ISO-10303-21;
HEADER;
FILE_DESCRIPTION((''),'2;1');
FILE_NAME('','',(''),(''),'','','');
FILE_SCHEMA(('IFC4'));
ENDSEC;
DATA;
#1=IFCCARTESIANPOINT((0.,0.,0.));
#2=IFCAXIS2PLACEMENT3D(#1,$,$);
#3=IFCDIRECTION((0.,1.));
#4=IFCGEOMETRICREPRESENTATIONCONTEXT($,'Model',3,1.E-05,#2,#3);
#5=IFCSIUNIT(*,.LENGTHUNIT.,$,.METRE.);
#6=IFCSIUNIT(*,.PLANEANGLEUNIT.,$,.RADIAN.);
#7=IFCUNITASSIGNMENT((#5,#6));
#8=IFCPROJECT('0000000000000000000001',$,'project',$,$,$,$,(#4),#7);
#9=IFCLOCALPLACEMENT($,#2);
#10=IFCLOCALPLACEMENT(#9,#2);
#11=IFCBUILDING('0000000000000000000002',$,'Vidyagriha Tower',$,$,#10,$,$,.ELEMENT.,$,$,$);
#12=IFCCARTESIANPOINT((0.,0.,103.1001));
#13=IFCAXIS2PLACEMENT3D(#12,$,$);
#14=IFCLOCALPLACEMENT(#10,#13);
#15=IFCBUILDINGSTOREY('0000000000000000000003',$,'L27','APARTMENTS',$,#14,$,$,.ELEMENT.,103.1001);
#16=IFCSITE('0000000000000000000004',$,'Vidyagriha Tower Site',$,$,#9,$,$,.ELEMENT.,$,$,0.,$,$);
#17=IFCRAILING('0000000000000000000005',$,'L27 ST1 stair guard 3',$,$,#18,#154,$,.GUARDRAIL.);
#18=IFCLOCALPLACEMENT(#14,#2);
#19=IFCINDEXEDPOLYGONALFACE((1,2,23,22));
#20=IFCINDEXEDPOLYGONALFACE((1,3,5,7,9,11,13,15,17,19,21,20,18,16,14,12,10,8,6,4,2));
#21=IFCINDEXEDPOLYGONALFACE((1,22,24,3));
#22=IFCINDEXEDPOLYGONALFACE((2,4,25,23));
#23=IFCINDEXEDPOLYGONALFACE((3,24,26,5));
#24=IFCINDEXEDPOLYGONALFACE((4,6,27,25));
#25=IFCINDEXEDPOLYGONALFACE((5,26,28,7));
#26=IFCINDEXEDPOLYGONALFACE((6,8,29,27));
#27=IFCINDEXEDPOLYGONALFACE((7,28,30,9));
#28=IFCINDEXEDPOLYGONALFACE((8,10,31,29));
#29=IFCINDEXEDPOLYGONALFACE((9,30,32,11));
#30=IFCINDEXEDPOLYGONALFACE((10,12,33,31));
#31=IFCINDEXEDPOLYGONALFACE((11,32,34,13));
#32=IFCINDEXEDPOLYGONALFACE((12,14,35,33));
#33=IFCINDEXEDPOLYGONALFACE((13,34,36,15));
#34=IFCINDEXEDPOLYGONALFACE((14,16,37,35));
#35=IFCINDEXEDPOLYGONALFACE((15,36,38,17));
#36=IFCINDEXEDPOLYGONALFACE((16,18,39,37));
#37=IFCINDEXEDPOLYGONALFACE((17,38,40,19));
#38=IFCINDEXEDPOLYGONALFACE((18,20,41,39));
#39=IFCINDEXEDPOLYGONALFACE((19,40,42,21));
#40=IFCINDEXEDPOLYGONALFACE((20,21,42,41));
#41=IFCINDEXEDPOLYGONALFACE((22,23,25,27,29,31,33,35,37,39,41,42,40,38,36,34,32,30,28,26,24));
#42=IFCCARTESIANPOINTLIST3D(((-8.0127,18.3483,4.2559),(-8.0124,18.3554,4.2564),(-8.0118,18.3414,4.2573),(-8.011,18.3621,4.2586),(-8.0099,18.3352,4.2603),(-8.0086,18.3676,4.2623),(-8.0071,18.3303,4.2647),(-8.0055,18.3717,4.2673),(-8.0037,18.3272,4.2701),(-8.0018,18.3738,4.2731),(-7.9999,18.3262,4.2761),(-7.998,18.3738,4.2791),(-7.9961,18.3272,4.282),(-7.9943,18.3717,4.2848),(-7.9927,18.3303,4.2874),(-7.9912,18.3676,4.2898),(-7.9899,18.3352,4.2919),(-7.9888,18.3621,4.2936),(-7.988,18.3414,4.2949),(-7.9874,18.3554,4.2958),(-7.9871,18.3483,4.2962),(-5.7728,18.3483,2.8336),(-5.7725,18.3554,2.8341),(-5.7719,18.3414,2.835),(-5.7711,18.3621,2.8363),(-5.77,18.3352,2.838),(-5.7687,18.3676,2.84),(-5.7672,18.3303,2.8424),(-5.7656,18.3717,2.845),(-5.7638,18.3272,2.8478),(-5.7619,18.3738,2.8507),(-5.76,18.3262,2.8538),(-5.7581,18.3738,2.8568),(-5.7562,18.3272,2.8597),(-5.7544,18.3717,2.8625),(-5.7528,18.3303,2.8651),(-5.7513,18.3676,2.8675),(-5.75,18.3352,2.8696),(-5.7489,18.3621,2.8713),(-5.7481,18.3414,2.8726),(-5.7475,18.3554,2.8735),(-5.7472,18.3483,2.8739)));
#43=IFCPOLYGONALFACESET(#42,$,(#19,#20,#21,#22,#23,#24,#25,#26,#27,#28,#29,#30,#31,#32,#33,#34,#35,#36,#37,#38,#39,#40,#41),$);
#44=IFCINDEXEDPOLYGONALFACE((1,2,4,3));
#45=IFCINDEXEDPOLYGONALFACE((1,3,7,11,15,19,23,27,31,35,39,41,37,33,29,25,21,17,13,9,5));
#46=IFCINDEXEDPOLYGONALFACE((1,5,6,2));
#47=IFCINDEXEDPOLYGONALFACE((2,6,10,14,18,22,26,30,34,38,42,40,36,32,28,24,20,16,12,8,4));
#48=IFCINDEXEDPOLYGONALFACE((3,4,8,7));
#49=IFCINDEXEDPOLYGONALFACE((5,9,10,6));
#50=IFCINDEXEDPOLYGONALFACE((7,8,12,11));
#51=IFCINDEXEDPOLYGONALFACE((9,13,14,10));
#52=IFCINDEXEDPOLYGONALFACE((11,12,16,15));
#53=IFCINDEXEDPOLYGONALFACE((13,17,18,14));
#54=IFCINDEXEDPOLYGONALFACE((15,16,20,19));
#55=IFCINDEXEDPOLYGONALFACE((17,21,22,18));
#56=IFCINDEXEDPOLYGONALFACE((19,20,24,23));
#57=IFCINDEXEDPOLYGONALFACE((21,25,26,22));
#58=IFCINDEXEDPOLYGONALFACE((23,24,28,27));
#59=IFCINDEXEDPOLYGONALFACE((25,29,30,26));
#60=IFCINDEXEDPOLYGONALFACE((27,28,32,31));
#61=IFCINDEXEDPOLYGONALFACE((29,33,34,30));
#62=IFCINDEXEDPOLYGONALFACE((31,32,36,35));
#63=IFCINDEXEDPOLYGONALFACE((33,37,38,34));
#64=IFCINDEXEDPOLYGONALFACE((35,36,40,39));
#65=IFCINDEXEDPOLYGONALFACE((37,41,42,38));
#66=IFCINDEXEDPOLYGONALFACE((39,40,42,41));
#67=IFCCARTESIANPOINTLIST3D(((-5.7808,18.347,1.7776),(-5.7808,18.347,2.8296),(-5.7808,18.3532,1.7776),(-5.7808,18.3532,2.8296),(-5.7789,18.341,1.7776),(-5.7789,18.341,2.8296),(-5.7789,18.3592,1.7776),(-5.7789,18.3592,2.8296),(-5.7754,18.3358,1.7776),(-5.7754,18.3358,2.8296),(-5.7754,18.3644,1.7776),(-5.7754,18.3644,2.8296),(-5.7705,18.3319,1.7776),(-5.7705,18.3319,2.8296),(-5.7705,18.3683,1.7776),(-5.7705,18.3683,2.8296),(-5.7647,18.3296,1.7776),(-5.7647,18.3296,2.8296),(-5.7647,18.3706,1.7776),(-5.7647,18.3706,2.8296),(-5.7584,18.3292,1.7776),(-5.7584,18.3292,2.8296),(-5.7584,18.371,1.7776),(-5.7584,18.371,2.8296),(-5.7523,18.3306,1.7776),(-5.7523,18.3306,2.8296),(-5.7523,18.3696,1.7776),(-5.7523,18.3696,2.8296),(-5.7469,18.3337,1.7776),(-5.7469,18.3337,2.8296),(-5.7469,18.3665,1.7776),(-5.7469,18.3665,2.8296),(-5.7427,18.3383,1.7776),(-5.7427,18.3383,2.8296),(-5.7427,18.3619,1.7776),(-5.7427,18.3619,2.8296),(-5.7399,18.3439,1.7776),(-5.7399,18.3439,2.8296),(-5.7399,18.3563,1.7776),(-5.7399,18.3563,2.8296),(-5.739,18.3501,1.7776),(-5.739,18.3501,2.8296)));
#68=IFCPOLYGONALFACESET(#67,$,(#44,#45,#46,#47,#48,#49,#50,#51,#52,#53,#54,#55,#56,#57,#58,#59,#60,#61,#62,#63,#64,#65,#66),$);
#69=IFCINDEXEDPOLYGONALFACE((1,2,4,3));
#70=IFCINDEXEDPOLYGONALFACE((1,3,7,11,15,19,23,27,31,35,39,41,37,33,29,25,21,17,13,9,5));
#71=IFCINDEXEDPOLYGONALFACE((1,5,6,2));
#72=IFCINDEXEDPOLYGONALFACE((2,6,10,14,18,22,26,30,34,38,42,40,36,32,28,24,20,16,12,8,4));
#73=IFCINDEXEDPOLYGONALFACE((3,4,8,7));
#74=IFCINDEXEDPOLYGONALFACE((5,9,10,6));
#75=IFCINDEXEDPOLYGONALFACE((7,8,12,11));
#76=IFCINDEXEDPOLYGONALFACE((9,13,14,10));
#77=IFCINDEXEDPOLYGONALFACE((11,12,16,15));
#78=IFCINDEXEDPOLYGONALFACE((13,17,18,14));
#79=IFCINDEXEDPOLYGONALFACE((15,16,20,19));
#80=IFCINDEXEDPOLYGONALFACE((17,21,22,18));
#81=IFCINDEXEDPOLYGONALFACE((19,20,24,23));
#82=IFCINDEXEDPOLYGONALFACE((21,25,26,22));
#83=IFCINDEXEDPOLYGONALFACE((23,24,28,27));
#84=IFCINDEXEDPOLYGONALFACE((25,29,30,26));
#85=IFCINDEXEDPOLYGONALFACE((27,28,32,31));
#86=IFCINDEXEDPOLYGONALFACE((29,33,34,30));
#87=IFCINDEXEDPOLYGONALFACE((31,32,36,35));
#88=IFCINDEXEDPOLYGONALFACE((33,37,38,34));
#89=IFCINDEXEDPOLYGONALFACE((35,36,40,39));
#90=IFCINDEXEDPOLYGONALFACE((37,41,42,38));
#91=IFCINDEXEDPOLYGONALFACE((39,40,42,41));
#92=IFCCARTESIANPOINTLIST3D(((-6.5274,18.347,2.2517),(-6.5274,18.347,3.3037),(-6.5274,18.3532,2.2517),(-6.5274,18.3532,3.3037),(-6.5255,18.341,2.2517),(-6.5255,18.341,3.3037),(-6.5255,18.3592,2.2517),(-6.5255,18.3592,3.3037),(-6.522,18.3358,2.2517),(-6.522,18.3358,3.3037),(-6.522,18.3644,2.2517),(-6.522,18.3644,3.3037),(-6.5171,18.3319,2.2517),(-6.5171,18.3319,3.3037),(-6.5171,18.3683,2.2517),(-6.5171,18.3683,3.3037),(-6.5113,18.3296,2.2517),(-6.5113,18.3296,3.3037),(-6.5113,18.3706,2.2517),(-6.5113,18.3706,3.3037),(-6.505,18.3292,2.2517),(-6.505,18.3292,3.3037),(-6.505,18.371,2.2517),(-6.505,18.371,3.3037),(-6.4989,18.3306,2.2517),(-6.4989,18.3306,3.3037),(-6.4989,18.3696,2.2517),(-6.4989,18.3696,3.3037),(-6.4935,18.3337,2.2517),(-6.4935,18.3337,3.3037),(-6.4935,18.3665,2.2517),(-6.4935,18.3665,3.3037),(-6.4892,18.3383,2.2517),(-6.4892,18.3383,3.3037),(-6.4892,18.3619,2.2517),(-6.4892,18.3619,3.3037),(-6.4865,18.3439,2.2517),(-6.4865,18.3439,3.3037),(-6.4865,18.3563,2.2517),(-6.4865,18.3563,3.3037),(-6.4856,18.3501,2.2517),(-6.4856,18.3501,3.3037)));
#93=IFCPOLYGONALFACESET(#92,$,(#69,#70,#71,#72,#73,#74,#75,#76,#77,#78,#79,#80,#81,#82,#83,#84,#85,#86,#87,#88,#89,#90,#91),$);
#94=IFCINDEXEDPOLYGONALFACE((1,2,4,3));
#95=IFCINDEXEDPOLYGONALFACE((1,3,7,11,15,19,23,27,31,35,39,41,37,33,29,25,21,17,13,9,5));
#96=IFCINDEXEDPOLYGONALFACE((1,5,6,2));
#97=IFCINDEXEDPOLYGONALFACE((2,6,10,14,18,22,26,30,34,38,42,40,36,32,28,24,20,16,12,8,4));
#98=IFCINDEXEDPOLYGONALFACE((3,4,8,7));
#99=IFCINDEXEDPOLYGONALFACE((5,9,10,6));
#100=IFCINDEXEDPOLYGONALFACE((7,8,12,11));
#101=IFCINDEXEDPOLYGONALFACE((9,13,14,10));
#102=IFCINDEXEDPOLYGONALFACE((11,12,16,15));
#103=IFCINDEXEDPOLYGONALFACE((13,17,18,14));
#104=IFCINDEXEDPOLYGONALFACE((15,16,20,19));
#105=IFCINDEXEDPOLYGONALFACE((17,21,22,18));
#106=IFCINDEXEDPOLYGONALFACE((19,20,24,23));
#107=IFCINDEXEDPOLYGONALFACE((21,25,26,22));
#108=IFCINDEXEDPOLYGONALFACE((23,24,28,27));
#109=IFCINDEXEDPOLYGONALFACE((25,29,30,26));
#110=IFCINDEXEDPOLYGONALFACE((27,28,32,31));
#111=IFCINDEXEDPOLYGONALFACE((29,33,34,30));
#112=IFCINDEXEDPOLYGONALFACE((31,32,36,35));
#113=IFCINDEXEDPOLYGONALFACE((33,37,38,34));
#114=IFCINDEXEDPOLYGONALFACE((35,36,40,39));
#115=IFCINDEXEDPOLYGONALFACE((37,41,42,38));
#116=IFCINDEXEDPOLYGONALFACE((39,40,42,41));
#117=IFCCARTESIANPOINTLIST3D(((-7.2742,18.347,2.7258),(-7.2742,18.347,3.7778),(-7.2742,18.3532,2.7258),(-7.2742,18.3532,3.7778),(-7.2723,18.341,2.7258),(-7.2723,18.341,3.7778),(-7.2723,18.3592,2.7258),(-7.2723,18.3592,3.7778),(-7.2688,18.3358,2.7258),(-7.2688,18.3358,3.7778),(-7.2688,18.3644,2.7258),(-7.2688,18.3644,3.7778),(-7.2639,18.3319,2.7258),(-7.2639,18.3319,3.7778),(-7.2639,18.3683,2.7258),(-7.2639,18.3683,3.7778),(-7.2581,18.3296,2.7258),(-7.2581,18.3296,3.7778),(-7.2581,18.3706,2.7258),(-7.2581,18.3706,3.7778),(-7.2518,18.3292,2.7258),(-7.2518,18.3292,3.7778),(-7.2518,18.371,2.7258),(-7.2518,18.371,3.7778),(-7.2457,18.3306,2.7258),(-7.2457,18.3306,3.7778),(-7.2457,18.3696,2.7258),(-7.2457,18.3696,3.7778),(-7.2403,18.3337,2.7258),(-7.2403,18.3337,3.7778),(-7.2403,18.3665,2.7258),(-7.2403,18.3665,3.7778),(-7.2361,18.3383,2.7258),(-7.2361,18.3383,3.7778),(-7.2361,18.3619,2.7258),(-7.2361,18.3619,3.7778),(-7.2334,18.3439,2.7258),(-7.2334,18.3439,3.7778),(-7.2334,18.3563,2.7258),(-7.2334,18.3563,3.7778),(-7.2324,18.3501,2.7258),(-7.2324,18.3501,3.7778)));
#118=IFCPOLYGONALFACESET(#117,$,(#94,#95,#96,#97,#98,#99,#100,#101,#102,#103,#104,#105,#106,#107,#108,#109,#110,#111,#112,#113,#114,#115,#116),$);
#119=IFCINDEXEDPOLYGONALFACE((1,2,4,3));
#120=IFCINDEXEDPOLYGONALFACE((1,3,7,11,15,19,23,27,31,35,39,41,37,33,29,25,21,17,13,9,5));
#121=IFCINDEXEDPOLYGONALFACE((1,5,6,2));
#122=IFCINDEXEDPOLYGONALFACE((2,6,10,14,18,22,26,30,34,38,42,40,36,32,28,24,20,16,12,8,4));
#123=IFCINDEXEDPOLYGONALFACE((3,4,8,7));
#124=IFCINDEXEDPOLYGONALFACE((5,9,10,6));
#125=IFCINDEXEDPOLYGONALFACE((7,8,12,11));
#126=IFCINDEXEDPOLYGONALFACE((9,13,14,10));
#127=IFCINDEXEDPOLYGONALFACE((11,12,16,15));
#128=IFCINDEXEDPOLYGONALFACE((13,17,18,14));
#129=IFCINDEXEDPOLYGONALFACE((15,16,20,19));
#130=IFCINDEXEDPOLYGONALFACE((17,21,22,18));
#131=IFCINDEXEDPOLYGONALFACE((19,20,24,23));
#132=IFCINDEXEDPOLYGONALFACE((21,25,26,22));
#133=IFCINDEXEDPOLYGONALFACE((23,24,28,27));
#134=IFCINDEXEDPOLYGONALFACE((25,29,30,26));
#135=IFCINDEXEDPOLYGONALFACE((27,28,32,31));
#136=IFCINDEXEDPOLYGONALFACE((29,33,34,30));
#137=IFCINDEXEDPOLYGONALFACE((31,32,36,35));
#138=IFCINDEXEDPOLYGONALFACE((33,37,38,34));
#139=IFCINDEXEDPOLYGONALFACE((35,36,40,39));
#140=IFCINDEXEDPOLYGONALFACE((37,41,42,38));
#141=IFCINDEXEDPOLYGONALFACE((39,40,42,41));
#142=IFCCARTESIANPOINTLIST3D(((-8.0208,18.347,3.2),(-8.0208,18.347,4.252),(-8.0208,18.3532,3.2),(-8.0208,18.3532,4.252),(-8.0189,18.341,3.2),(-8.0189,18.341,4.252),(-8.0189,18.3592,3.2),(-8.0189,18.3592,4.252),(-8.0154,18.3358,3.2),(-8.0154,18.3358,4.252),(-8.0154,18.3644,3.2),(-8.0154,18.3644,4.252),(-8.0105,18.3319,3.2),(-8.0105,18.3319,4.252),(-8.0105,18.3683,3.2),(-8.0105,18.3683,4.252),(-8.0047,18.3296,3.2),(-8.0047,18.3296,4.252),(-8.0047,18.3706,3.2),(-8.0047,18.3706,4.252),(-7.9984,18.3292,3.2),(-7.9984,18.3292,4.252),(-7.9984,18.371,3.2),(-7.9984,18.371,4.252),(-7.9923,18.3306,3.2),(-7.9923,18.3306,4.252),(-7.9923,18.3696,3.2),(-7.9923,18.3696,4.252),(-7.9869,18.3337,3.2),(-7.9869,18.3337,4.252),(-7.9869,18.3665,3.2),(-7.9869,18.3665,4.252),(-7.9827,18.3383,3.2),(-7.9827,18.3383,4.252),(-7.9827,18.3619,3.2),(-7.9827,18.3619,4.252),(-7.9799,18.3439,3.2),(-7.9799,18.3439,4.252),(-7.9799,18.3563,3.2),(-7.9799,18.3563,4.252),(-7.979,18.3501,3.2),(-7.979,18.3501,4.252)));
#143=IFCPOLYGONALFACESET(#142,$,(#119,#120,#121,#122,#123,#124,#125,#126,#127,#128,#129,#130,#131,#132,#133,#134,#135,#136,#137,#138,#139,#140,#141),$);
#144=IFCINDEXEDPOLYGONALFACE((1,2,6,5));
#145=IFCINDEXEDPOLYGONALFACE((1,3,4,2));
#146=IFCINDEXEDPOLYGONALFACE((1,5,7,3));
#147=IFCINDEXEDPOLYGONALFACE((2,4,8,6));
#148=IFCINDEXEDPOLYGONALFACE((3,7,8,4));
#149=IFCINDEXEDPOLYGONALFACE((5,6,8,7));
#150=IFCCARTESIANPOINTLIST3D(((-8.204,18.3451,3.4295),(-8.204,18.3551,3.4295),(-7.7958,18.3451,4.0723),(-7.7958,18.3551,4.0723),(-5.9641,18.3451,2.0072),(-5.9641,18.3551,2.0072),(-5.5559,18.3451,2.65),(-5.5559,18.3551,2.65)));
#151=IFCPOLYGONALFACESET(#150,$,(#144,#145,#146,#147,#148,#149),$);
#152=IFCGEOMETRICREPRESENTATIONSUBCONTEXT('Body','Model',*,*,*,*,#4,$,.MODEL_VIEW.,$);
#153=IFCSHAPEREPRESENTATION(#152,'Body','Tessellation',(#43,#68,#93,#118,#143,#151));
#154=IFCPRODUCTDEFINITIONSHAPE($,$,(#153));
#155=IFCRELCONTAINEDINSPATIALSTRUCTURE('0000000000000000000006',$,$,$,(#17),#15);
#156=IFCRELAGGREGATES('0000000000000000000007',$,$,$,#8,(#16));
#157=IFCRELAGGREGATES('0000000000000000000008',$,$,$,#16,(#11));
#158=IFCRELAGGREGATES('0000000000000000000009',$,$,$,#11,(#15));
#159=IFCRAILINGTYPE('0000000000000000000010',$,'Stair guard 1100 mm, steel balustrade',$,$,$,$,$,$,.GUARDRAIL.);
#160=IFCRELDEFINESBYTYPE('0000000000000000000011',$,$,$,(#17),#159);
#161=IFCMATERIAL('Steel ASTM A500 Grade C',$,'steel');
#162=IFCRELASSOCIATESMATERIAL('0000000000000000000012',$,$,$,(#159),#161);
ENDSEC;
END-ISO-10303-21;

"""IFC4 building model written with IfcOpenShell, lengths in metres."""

from ifc_helpers import new_model, si_unit, direction, frame, origin, origin_2d, place, context, subcontext, project, spatial, rectangle, circle, extrude, material, type_object, element, save


model = new_model("IFC4")

# Units and contexts
model_context = context("Model", 3, precision=1e-05, world=origin(), true_north=direction((0.0, 1.0)))
body_context = subcontext(model_context, "Body", "Model", "MODEL_VIEW")
ifc_project = project(units=[si_unit("LENGTHUNIT", "METRE"), si_unit("PLANEANGLEUNIT", "RADIAN")], contexts=[model_context])

# Site, building, storey
site_placement = place(None, origin())
site = spatial("IfcSite", under=ifc_project, at=site_placement, Name="Vidyagriha Tower Site", CompositionType="ELEMENT", RefElevation=0.0)
building_placement = place(site_placement, origin())
building = spatial("IfcBuilding", under=site, at=building_placement, Name="Vidyagriha Tower", CompositionType="ELEMENT")
storey_placement = place(building_placement, frame((0.0, 0.0, 103.1001)))
storey = spatial("IfcBuildingStorey", under=building, at=storey_placement, Name="L27", Description="APARTMENTS", CompositionType="ELEMENT", Elevation=103.1001)

# Railing
ifc_material_1 = material(Name="Steel ASTM A500 Grade C", Category="steel")
railing_type_1 = type_object("IfcRailingType", Name="Stair guard 1100 mm, steel balustrade", PredefinedType="GUARDRAIL", material=ifc_material_1)
railing_1_placement = place(storey_placement, frame((-5.76, 18.3501, 1.7776)))
element("IfcRailing", 1, at=railing_1_placement, inside=storey, type_object=railing_type_1, Name="L27 ST1 stair guard 3", PredefinedType="GUARDRAIL", context=body_context, shape_type="SweptSolid", body=[
    extrude(circle(Radius=0.0239, at=origin_2d()), frame((0.0, 0.0, 1.0762), z_axis=(-0.844188, 0.0, 0.536048), x_axis=(0.0, -1.0, 0.0)), (0.0, 0.0, 1.0), 2.6533),
    extrude(circle(Radius=0.021, at=origin_2d()), origin(), (0.0, 0.0, 1.0), 1.052),
    extrude(circle(Radius=0.021, at=origin_2d()), frame((-0.7466, 0.0, 0.4741)), (0.0, 0.0, 1.0), 1.052),
    extrude(circle(Radius=0.021, at=origin_2d()), frame((-1.4934, 0.0, 0.9482)), (0.0, 0.0, 1.0), 1.052),
    extrude(circle(Radius=0.021, at=origin_2d()), frame((-2.24, 0.0, 1.4224)), (0.0, 0.0, 1.0), 1.052),
    extrude(rectangle(XDim=0.01, YDim=0.7615, at=origin_2d()), frame((0.0, 0.0, 0.551), z_axis=(-0.844188, 0.0, 0.536048), x_axis=(0.0, -1.0, 0.0)), (0.0, 0.0, 1.0), 2.6533),
])

save(model, "model.ifc")
